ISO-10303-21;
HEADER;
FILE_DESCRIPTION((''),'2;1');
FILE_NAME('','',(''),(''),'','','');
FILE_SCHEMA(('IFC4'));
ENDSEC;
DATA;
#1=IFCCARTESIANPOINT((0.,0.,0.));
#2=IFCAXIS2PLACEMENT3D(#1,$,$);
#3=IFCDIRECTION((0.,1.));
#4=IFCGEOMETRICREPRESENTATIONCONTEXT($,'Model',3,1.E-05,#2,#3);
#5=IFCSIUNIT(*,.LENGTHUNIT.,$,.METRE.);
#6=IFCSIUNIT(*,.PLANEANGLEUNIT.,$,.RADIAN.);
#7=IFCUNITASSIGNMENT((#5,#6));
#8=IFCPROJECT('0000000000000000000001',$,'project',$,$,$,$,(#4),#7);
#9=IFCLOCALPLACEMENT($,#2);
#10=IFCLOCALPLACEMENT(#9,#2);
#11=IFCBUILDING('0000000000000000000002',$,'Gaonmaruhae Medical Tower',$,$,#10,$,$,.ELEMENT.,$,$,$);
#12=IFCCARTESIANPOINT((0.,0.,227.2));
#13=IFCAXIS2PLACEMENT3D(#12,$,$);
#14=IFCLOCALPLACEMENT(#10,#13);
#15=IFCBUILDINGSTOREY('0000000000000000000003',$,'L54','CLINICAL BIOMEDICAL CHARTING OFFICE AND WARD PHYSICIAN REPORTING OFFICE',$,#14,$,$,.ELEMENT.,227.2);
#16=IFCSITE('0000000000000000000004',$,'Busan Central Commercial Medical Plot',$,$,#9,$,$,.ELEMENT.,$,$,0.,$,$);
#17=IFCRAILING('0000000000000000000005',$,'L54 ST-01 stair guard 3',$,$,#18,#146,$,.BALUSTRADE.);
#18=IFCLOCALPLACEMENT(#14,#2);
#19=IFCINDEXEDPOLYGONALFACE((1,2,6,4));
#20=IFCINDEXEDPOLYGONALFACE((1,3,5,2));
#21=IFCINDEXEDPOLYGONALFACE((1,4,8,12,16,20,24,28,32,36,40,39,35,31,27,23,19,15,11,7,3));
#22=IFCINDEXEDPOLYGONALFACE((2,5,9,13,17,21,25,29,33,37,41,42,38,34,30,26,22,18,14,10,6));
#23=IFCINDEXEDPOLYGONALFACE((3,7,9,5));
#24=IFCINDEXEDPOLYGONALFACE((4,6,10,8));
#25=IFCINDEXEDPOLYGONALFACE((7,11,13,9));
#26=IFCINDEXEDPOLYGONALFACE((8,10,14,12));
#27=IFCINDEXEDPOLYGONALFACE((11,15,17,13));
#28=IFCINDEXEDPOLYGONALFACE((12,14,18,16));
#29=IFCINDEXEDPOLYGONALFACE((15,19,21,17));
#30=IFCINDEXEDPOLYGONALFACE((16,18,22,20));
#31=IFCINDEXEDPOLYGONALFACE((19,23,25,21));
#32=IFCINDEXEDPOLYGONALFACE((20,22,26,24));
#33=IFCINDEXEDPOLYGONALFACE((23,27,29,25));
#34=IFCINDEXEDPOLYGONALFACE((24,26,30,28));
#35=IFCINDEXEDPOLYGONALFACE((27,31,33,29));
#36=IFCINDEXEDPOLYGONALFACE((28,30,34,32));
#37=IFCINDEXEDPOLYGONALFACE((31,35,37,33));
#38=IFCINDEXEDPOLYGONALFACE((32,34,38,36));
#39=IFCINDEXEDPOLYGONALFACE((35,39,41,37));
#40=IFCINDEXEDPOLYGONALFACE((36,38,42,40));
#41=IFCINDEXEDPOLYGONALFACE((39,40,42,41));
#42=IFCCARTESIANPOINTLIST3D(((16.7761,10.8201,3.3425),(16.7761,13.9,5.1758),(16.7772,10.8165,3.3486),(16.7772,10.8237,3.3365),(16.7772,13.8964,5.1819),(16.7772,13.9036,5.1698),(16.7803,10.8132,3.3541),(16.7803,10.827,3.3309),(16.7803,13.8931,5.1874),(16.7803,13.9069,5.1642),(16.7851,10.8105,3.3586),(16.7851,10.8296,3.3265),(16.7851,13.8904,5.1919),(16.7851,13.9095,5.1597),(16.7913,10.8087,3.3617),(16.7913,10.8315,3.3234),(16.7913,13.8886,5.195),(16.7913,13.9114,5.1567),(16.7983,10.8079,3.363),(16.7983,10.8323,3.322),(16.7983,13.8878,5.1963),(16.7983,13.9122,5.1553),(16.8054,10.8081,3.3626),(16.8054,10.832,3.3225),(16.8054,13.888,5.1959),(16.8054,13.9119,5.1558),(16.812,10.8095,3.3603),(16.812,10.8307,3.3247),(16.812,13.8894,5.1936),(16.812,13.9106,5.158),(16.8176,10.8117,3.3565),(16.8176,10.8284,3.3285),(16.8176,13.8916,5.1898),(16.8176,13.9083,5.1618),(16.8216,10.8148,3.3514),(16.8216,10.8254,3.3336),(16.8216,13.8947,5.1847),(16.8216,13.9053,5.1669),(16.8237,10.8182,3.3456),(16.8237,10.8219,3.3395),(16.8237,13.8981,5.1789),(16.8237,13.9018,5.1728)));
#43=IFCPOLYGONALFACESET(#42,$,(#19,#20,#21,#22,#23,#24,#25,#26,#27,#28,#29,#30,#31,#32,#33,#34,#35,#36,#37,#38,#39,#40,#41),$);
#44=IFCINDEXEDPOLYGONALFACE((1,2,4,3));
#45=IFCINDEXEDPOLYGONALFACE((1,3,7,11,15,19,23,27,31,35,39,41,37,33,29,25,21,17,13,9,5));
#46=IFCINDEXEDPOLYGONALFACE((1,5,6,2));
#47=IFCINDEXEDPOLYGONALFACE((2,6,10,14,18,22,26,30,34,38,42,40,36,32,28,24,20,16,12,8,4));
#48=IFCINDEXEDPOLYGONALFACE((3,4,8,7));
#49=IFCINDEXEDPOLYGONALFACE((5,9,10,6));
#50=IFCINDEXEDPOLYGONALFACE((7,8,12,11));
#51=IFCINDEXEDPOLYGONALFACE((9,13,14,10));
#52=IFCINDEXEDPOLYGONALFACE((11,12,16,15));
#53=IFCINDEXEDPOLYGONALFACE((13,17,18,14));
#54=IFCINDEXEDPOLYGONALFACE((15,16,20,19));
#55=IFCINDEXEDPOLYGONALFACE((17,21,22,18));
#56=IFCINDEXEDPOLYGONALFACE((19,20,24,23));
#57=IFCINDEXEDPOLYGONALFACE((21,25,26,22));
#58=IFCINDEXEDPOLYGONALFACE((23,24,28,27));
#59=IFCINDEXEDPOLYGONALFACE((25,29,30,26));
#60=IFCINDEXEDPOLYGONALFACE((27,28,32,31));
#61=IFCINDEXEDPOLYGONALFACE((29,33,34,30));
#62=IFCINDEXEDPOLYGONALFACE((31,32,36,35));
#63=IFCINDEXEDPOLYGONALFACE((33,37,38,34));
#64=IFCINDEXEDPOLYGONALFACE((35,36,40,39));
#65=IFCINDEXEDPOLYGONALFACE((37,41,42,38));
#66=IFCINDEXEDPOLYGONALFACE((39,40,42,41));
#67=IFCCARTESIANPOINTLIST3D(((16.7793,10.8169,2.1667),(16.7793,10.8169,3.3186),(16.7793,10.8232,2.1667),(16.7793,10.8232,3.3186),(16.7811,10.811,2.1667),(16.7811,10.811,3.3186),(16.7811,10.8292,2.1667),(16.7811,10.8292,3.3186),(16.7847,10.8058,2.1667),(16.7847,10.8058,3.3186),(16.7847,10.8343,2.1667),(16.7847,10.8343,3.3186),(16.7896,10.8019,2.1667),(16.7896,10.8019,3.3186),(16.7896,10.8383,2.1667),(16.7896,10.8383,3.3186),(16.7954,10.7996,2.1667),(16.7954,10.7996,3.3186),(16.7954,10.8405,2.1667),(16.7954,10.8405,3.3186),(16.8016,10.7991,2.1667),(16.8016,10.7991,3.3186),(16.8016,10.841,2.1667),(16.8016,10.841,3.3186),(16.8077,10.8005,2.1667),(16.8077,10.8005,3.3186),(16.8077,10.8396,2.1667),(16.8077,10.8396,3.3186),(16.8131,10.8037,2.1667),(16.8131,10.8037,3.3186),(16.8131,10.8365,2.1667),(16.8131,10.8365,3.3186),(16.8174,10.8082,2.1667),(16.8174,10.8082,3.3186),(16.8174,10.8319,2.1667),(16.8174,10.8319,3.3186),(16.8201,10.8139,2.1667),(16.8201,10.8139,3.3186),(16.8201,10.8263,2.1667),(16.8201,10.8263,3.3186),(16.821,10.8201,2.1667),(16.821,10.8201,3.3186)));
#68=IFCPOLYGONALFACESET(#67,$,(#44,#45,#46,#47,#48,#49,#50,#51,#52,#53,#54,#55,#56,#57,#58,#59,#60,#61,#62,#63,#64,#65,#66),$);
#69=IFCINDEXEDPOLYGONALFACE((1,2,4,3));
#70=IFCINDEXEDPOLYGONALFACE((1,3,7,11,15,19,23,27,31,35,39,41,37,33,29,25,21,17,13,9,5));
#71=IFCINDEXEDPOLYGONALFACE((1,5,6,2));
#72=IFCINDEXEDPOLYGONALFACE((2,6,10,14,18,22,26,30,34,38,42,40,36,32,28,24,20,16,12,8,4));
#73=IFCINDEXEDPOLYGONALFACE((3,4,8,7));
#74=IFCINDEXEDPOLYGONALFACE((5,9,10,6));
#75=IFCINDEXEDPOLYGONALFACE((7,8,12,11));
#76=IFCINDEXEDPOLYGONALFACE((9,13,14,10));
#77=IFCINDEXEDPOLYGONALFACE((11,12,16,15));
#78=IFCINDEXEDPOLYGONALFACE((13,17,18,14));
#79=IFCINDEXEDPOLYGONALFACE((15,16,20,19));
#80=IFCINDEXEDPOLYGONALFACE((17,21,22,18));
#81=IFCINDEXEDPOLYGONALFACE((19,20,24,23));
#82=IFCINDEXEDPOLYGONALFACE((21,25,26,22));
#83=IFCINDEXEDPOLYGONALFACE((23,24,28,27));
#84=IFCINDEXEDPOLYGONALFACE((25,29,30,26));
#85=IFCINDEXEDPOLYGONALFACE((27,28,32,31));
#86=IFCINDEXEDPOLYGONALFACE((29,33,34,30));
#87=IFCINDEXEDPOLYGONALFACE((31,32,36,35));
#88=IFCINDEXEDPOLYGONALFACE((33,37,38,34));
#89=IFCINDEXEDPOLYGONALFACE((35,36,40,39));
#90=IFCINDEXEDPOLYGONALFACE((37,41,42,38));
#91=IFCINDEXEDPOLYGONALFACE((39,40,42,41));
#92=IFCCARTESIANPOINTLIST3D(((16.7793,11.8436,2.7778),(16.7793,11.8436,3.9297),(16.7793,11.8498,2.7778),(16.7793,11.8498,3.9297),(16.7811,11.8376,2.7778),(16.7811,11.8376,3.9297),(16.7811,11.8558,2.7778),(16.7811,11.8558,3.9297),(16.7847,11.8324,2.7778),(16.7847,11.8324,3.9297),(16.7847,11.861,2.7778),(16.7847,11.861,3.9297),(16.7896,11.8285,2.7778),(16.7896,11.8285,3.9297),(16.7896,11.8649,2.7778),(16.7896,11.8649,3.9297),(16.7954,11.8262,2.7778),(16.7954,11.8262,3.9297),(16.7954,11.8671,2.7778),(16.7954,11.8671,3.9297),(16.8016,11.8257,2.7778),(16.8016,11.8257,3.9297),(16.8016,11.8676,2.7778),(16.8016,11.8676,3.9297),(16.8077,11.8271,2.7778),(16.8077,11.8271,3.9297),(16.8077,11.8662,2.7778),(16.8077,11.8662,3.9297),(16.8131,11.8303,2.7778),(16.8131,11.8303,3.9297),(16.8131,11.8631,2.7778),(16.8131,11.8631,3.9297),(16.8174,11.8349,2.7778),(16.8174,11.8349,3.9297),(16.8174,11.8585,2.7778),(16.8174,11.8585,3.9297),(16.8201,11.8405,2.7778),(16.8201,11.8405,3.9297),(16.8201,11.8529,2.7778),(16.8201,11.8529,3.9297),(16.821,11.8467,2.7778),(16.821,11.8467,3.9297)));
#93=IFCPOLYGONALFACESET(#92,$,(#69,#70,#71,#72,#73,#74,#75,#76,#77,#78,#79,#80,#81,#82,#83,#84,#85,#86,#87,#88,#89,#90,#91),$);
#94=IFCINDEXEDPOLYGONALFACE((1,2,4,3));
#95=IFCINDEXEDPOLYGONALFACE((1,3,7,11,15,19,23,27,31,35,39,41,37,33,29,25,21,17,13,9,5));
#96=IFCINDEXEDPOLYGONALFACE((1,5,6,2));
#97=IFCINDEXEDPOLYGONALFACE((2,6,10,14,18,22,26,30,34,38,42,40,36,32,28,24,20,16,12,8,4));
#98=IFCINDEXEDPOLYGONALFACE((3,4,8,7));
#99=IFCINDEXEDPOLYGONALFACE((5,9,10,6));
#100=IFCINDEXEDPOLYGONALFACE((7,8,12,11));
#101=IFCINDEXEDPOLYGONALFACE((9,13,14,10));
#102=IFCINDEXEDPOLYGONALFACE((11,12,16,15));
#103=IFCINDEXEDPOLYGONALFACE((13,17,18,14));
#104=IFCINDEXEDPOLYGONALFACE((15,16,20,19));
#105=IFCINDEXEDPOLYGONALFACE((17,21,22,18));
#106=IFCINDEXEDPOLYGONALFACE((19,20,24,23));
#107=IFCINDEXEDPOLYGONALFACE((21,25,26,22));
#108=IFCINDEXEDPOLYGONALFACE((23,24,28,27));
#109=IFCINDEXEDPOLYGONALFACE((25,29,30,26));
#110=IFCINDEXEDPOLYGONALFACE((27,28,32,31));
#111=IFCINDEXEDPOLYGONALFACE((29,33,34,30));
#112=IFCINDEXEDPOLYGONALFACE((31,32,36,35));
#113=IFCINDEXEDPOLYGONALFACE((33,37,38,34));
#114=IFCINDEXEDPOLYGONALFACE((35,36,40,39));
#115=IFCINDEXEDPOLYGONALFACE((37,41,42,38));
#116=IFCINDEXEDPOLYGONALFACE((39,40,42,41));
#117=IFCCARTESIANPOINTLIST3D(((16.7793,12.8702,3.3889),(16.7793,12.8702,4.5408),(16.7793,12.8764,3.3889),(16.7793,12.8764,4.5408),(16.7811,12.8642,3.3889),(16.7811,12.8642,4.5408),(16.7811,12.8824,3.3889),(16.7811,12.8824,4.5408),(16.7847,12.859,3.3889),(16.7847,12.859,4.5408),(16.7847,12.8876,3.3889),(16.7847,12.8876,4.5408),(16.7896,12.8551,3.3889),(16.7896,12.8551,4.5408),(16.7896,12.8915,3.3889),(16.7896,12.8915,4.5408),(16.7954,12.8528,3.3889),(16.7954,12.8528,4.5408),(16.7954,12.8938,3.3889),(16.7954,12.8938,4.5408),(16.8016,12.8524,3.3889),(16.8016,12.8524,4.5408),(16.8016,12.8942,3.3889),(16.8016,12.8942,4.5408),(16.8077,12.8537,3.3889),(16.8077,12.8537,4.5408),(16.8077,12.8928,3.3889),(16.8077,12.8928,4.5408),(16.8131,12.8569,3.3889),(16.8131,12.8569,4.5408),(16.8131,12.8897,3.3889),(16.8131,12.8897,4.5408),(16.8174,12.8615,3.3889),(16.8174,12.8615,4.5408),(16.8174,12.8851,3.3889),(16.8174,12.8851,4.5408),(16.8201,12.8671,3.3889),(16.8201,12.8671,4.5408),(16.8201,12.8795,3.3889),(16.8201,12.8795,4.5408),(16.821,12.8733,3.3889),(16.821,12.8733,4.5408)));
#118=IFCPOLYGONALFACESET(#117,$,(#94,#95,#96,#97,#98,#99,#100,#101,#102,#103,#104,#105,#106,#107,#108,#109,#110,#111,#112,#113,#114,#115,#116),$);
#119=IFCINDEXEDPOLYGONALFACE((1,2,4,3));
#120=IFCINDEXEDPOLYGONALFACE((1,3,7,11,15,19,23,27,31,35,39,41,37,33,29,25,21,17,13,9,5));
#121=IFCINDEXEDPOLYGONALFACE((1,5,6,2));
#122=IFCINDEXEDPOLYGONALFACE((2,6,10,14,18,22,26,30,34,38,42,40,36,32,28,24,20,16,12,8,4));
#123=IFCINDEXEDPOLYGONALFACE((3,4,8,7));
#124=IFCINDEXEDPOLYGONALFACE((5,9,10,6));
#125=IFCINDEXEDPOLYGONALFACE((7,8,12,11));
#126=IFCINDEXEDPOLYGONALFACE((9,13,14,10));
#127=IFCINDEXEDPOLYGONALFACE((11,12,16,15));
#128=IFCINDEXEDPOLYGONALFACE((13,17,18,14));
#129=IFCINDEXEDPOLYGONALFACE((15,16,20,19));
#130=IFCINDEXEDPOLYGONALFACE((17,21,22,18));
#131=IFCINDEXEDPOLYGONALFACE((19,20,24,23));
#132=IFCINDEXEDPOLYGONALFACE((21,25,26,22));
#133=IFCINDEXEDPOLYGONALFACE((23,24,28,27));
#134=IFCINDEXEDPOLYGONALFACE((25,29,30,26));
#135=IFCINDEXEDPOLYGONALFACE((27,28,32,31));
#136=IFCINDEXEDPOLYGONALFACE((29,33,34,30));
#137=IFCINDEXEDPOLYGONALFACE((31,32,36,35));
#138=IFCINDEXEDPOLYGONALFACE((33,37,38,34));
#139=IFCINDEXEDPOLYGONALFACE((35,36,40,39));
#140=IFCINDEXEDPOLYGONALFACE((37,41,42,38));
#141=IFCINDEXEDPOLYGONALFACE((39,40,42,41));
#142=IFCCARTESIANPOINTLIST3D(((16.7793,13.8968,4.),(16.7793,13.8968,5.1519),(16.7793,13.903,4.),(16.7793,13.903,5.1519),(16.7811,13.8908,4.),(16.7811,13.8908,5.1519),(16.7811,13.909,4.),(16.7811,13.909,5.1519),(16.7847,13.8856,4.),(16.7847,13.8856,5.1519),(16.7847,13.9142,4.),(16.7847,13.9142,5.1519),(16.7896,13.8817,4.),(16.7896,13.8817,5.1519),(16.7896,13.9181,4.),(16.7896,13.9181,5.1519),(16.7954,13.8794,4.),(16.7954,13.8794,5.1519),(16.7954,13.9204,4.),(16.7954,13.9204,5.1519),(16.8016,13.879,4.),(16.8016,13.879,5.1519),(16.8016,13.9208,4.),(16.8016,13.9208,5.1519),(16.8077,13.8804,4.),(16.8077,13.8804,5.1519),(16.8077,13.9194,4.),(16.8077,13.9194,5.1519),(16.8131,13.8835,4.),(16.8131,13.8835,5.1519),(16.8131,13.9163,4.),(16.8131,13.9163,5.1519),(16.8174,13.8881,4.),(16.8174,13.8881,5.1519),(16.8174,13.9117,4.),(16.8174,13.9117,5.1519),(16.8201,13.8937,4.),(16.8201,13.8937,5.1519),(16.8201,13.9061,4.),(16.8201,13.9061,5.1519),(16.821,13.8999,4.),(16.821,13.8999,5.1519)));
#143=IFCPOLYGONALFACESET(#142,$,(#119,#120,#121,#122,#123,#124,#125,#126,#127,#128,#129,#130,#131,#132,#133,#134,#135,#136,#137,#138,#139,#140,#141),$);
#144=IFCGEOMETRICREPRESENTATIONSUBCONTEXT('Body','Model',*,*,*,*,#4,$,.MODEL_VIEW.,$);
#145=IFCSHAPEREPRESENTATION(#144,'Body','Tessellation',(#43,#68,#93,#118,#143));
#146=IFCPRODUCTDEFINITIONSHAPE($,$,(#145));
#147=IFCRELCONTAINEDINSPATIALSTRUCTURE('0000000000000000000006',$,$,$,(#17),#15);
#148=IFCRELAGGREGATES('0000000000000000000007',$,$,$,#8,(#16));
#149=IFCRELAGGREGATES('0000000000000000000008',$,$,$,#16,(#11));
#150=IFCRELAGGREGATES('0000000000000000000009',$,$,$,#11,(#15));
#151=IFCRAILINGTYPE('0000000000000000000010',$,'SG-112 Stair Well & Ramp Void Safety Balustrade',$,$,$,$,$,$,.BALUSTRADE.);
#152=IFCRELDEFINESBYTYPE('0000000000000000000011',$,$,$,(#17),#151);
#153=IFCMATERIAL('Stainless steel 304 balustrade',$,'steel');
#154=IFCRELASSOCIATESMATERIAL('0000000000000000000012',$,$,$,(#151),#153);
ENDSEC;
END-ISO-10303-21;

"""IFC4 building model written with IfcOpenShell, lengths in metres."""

from ifc_helpers import new_model, si_unit, direction, frame, origin, origin_2d, place, context, subcontext, project, spatial, circle, extrude, material, type_object, element, save


model = new_model("IFC4")

# Units and contexts
model_context = context("Model", 3, precision=1e-05, world=origin(), true_north=direction((0.0, 1.0)))
body_context = subcontext(model_context, "Body", "Model", "MODEL_VIEW")
ifc_project = project(units=[si_unit("LENGTHUNIT", "METRE"), si_unit("PLANEANGLEUNIT", "RADIAN")], contexts=[model_context])

# Site, building, storey
site_placement = place(None, origin())
site = spatial("IfcSite", under=ifc_project, at=site_placement, Name="Busan Central Commercial Medical Plot", CompositionType="ELEMENT", RefElevation=0.0)
building_placement = place(site_placement, origin())
building = spatial("IfcBuilding", under=site, at=building_placement, Name="Gaonmaruhae Medical Tower", CompositionType="ELEMENT")
storey_placement = place(building_placement, frame((0.0, 0.0, 227.2)))
storey = spatial("IfcBuildingStorey", under=building, at=storey_placement, Name="L54", Description="CLINICAL BIOMEDICAL CHARTING OFFICE AND WARD PHYSICIAN REPORTING OFFICE", CompositionType="ELEMENT", Elevation=227.2)

# Railing
ifc_material_1 = material(Name="Stainless steel 304 balustrade", Category="steel")
railing_type_1 = type_object("IfcRailingType", Name="SG-112 Stair Well & Ramp Void Safety Balustrade", PredefinedType="BALUSTRADE", material=ifc_material_1)
railing_1_placement = place(storey_placement, frame((16.8, 10.8201, 2.1667)))
element("IfcRailing", 1, at=railing_1_placement, inside=storey, type_object=railing_type_1, Name="L54 ST-01 stair guard 3", PredefinedType="BALUSTRADE", context=body_context, shape_type="SweptSolid", body=[
    extrude(circle(Radius=0.0239, at=origin_2d()), frame((0.0, 0.0, 1.1758), z_axis=(0.0, 0.859291, 0.511487), x_axis=(-1.0, 0.0, 0.0)), (0.0, 0.0, 1.0), 3.5842),
    extrude(circle(Radius=0.021, at=origin_2d()), origin(), (0.0, 0.0, 1.0), 1.1519),
    extrude(circle(Radius=0.021, at=origin_2d()), frame((0.0, 1.0266, 0.6111)), (0.0, 0.0, 1.0), 1.1519),
    extrude(circle(Radius=0.021, at=origin_2d()), frame((0.0, 2.0532, 1.2222)), (0.0, 0.0, 1.0), 1.1519),
    extrude(circle(Radius=0.021, at=origin_2d()), frame((0.0, 3.0798, 1.8333)), (0.0, 0.0, 1.0), 1.1519),
])

save(model, "model.ifc")
